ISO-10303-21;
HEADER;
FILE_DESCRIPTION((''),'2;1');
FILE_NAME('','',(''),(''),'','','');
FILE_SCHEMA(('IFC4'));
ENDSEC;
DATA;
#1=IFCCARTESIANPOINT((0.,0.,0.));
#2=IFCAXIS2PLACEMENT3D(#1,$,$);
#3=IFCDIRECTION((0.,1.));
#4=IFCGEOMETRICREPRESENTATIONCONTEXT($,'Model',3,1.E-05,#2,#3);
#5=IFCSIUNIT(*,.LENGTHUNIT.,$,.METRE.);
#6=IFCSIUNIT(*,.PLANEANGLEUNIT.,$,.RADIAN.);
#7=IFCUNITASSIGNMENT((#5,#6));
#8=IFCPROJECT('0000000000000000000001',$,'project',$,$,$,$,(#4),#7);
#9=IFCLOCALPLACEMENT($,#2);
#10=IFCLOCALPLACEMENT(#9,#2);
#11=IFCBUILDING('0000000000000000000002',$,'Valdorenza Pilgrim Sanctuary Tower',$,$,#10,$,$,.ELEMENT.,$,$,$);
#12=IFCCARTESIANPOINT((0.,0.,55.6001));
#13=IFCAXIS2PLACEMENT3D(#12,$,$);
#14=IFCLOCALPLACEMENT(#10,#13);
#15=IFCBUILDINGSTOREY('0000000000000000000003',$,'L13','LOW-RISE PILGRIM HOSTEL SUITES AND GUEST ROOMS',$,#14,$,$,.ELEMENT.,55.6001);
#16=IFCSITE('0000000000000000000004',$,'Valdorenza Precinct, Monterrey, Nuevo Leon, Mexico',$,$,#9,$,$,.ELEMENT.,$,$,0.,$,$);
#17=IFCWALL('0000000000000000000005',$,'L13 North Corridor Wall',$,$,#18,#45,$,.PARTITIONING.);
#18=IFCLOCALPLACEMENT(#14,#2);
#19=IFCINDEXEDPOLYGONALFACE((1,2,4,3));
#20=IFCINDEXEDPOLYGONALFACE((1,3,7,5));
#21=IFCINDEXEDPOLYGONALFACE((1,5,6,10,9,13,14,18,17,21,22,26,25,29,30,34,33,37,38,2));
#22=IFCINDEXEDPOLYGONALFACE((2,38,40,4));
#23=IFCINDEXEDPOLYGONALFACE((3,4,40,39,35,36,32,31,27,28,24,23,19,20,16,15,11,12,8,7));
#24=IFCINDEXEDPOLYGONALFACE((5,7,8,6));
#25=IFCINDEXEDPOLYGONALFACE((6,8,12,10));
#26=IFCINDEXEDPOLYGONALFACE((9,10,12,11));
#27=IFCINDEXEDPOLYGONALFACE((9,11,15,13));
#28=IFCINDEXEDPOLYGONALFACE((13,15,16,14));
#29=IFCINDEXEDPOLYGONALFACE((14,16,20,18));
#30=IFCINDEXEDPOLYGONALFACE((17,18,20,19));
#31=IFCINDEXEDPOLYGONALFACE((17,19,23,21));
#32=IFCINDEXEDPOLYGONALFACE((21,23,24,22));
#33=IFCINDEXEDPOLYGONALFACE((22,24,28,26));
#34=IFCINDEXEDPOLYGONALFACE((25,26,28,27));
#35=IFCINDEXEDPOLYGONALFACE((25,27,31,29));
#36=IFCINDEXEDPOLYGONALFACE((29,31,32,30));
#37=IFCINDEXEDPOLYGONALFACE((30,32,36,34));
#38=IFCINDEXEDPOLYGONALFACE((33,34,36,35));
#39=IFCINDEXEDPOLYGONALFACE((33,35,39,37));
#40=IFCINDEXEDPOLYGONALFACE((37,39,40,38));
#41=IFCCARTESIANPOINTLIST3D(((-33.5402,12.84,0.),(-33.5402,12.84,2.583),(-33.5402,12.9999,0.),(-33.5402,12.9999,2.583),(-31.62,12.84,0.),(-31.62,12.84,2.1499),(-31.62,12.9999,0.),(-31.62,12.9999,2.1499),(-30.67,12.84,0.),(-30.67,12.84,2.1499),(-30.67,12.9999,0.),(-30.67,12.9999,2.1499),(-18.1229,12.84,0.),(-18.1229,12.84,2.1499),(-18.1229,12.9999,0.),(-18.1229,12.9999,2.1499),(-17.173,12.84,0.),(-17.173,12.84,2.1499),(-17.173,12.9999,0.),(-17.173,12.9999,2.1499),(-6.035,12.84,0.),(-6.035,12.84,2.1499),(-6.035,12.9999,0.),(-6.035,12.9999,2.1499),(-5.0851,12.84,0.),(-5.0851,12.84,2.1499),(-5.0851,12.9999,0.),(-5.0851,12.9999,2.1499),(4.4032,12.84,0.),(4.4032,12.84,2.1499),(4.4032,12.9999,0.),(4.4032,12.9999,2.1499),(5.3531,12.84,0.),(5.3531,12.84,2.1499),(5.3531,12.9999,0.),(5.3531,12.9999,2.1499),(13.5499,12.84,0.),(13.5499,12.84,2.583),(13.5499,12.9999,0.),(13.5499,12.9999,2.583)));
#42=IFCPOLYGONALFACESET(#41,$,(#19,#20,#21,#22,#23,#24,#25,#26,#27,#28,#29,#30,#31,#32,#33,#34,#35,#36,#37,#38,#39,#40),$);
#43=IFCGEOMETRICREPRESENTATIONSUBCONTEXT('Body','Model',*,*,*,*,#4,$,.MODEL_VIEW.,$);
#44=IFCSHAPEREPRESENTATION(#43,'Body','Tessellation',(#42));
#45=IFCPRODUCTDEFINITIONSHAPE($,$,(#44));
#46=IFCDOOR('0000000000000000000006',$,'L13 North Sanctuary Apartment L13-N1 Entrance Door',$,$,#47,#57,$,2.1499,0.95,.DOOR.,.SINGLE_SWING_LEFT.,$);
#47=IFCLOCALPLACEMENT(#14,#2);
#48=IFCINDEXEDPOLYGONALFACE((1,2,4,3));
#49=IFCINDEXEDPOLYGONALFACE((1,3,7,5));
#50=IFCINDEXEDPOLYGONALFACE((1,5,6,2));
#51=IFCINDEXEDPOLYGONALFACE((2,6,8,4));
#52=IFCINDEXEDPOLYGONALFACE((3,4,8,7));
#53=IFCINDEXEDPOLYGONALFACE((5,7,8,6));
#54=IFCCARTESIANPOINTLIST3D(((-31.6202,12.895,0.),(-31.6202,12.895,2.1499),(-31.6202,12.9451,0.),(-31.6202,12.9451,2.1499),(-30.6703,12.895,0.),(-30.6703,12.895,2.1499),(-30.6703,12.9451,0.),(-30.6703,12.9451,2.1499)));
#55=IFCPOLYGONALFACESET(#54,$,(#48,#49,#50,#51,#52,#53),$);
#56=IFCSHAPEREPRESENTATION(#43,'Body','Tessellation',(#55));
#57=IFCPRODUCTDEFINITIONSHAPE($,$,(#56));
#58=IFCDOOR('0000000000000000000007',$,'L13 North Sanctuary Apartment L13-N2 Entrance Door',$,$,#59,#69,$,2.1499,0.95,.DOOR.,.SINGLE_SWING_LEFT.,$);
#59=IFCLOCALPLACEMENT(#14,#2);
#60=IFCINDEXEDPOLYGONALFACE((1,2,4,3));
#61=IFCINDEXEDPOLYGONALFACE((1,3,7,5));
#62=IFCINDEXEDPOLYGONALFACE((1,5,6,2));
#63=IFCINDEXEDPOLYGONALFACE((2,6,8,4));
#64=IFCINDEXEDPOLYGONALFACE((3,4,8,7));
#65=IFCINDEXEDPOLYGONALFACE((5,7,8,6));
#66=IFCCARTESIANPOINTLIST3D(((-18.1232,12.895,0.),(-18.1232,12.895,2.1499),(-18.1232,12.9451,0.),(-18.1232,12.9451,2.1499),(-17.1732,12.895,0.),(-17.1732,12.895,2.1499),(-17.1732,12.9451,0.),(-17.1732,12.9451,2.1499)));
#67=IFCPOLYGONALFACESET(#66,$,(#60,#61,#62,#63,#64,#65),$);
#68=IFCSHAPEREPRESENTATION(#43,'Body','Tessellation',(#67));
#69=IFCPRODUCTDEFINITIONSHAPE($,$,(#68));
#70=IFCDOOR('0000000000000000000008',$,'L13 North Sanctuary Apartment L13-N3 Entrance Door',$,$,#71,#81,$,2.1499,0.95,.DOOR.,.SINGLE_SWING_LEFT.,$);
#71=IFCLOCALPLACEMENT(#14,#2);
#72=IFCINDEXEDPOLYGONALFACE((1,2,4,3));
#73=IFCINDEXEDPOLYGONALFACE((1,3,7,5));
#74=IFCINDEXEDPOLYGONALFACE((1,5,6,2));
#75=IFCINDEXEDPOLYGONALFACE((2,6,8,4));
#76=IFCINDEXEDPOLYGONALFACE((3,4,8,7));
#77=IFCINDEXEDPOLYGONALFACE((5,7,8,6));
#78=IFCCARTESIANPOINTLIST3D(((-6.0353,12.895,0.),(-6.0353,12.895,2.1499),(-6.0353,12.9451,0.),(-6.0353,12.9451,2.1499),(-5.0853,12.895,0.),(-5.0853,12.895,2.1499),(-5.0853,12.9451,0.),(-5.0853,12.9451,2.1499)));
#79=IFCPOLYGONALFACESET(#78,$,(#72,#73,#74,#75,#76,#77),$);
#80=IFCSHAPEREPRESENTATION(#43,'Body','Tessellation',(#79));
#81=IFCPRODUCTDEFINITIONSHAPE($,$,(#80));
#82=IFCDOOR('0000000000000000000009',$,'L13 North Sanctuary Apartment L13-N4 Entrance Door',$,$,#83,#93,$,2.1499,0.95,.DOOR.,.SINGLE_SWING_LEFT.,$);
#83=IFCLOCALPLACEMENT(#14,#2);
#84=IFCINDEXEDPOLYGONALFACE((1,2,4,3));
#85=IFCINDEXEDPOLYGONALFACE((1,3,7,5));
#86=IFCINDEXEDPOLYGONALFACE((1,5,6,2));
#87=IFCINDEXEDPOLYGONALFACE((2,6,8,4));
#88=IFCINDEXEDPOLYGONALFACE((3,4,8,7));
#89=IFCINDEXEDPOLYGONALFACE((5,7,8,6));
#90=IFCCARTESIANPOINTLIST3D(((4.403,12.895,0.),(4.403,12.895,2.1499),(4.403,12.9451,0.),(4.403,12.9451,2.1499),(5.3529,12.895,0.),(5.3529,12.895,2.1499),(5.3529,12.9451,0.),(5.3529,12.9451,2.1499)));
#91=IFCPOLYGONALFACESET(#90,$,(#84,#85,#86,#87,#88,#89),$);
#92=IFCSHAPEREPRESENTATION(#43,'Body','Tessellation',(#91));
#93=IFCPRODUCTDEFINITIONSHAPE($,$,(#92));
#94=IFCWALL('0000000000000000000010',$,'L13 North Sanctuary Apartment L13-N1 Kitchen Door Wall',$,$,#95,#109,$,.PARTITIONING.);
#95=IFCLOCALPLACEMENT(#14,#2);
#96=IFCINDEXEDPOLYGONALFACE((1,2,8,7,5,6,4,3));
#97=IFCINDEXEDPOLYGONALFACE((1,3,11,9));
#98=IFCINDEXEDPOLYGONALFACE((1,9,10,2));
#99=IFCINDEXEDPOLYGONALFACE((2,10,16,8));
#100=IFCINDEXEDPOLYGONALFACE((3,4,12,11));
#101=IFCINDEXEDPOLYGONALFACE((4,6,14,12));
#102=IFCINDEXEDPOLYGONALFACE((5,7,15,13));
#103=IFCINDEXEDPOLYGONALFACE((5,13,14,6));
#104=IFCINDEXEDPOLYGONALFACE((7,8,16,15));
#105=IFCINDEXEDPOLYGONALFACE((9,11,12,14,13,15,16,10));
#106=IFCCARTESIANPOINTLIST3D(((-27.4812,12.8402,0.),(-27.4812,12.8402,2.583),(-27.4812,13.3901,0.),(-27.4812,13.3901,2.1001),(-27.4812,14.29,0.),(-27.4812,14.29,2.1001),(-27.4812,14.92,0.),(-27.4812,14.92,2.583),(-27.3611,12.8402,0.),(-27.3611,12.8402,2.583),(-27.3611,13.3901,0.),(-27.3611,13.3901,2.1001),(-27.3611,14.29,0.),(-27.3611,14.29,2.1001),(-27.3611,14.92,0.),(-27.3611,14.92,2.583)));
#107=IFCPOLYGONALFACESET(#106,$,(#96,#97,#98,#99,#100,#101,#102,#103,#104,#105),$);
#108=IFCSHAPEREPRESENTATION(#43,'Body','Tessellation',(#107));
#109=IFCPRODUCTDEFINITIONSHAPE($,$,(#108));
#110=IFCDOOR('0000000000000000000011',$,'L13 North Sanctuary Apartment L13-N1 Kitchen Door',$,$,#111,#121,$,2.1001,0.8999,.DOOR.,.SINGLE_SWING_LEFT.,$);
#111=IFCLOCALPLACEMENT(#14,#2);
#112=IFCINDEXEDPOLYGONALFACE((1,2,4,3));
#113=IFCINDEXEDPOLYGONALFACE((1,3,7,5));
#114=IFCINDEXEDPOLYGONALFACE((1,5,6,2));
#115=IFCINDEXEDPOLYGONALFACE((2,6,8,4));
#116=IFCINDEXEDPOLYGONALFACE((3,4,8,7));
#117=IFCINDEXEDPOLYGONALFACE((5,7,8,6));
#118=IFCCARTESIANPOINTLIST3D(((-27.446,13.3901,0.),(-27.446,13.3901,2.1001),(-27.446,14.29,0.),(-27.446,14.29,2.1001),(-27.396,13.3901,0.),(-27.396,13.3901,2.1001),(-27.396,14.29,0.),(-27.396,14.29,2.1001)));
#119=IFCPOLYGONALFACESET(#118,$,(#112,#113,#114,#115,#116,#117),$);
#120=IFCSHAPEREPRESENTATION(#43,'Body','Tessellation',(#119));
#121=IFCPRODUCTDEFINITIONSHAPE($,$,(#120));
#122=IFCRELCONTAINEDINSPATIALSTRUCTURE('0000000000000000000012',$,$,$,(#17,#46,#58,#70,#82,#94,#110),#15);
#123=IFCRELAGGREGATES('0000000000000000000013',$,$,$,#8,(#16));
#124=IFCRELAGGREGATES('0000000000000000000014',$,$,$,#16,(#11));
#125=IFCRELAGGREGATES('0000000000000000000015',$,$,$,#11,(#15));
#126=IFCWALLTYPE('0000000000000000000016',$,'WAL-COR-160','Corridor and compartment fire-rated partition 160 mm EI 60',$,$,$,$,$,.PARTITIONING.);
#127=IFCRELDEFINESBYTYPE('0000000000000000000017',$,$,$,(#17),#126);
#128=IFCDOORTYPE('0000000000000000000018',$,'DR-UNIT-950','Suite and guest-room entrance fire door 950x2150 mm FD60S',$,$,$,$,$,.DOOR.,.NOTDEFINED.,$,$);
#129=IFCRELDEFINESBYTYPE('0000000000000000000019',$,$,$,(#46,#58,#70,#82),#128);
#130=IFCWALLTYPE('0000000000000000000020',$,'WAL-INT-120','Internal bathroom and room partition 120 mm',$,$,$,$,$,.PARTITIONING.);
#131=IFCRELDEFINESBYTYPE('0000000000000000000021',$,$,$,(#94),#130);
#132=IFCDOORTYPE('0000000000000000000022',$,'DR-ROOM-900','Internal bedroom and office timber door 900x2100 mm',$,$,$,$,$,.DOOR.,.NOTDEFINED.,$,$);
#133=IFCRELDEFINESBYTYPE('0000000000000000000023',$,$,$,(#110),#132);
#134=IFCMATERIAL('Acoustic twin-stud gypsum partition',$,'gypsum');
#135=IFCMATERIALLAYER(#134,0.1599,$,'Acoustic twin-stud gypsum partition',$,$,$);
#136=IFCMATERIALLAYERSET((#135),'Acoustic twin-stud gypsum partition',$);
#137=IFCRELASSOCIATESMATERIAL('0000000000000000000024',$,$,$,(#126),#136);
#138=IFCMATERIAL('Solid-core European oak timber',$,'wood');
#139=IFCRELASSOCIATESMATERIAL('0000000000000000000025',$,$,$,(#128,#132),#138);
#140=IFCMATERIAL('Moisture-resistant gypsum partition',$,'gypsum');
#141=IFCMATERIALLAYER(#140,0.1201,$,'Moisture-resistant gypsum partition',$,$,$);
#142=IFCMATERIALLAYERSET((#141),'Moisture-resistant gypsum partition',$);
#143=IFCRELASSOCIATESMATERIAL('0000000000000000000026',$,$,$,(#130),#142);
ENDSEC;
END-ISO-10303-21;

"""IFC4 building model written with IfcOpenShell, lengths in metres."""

from ifc_helpers import new_model, si_unit, direction, frame, frame_2d, origin, place, context, subcontext, project, spatial, rectangle, extrude, material, layer, layer_set, type_object, element, fill, save


model = new_model("IFC4")

# Units and contexts
model_context = context("Model", 3, precision=1e-05, world=origin(), true_north=direction((0.0, 1.0)))
body_context = subcontext(model_context, "Body", "Model", "MODEL_VIEW")
ifc_project = project(units=[si_unit("LENGTHUNIT", "METRE"), si_unit("PLANEANGLEUNIT", "RADIAN")], contexts=[model_context])

# Site, building, storey
site_placement = place(None, origin())
site = spatial("IfcSite", under=ifc_project, at=site_placement, Name="Valdorenza Precinct, Monterrey, Nuevo Leon, Mexico", CompositionType="ELEMENT", RefElevation=0.0)
building_placement = place(site_placement, origin())
building = spatial("IfcBuilding", under=site, at=building_placement, Name="Valdorenza Pilgrim Sanctuary Tower", CompositionType="ELEMENT")
storey_placement = place(building_placement, frame((0.0, 0.0, 55.6001)))
storey = spatial("IfcBuildingStorey", under=building, at=storey_placement, Name="L13", Description="LOW-RISE PILGRIM HOSTEL SUITES AND GUEST ROOMS", CompositionType="ELEMENT", Elevation=55.6001)

# Wall, openings, doors
ifc_material_1 = material(Name="Acoustic twin-stud gypsum partition", Category="gypsum")
ifc_layer_1 = layer(ifc_material_1, 0.1599, Name="Acoustic twin-stud gypsum partition")
ifc_layer_set_1 = layer_set([ifc_layer_1], Name="Acoustic twin-stud gypsum partition")
wall_type_1 = type_object("IfcWallType", Name="WAL-COR-160", Description="Corridor and compartment fire-rated partition 160 mm EI 60", PredefinedType="PARTITIONING", material=ifc_layer_set_1)
wall_1_placement = place(storey_placement, frame((-33.54, 12.9199, 0.0), z_axis=(0.0, 0.0, 1.0), x_axis=(1.0, 0.0, 0.0)))
wall_1 = element("IfcWall", 1, at=wall_1_placement, inside=storey, type_object=wall_type_1, Name="L13 North Corridor Wall", PredefinedType="PARTITIONING", context=body_context, shape_type="SweptSolid", body=[
    extrude(rectangle(XDim=47.0901, YDim=0.1599, at=frame_2d((23.5449, 0.0))), origin(), (0.0, 0.0, 1.0), 2.583),
])
opening_1_placement = place(wall_1_placement, frame((1.9199, 0.0, 0.0)))
opening_1 = element("IfcOpeningElement", 2, at=opening_1_placement, cuts=wall_1, PredefinedType="OPENING", context=body_context, shape_type="SweptSolid", body=[
    extrude(rectangle(XDim=0.95, YDim=2.1499, at=frame_2d((0.4751, 1.075))), frame((0.0, 0.0947, 0.0), z_axis=(0.0, -1.0, 0.0), x_axis=(1.0, 0.0, 0.0)), (0.0, 0.0, 1.0), 0.1897),
])
opening_2_placement = place(wall_1_placement, frame((15.417, 0.0, 0.0)))
opening_2 = element("IfcOpeningElement", 3, at=opening_2_placement, cuts=wall_1, PredefinedType="OPENING", context=body_context, shape_type="SweptSolid", body=[
    extrude(rectangle(XDim=0.95, YDim=2.1499, at=frame_2d((0.4751, 1.075))), frame((0.0, 0.0947, 0.0), z_axis=(0.0, -1.0, 0.0), x_axis=(1.0, 0.0, 0.0)), (0.0, 0.0, 1.0), 0.1897),
])
opening_3_placement = place(wall_1_placement, frame((27.5049, 0.0, 0.0)))
opening_3 = element("IfcOpeningElement", 4, at=opening_3_placement, cuts=wall_1, PredefinedType="OPENING", context=body_context, shape_type="SweptSolid", body=[
    extrude(rectangle(XDim=0.95, YDim=2.1499, at=frame_2d((0.4751, 1.075))), frame((0.0, 0.0947, 0.0), z_axis=(0.0, -1.0, 0.0), x_axis=(1.0, 0.0, 0.0)), (0.0, 0.0, 1.0), 0.1897),
])
opening_4_placement = place(wall_1_placement, frame((37.9431, 0.0, 0.0)))
opening_4 = element("IfcOpeningElement", 5, at=opening_4_placement, cuts=wall_1, PredefinedType="OPENING", context=body_context, shape_type="SweptSolid", body=[
    extrude(rectangle(XDim=0.95, YDim=2.1499, at=frame_2d((0.4751, 1.075))), frame((0.0, 0.0947, 0.0), z_axis=(0.0, -1.0, 0.0), x_axis=(1.0, 0.0, 0.0)), (0.0, 0.0, 1.0), 0.1897),
])
ifc_material_2 = material(Name="Solid-core European oak timber", Category="wood")
door_type_1 = type_object("IfcDoorType", Name="DR-UNIT-950", Description="Suite and guest-room entrance fire door 950x2150 mm FD60S", OperationType="NOTDEFINED", PredefinedType="DOOR", material=ifc_material_2)
door_1_placement = place(opening_1_placement, frame((0.95, 0.0, 0.0), z_axis=(0.0, 0.0, 1.0), x_axis=(-1.0, 0.0, 0.0)))
door_1 = element("IfcDoor", 6, at=door_1_placement, inside=storey, type_object=door_type_1, Name="L13 North Sanctuary Apartment L13-N1 Entrance Door", OperationType="SINGLE_SWING_LEFT", OverallHeight=2.1499, OverallWidth=0.95, PredefinedType="DOOR", context=body_context, shape_type="SweptSolid", body=[
    extrude(rectangle(XDim=0.95, YDim=2.1499, at=frame_2d((0.4751, 1.075))), frame((0.0, 0.0249, 0.0), z_axis=(0.0, -1.0, 0.0), x_axis=(1.0, 0.0, 0.0)), (0.0, 0.0, 1.0), 0.05),
])
fill(opening_1, door_1)
door_2_placement = place(opening_2_placement, frame((0.95, 0.0, 0.0), z_axis=(0.0, 0.0, 1.0), x_axis=(-1.0, 0.0, 0.0)))
door_2 = element("IfcDoor", 7, at=door_2_placement, inside=storey, type_object=door_type_1, Name="L13 North Sanctuary Apartment L13-N2 Entrance Door", OperationType="SINGLE_SWING_LEFT", OverallHeight=2.1499, OverallWidth=0.95, PredefinedType="DOOR", context=body_context, shape_type="SweptSolid", body=[
    extrude(rectangle(XDim=0.95, YDim=2.1499, at=frame_2d((0.4751, 1.075))), frame((0.0, 0.0249, 0.0), z_axis=(0.0, -1.0, 0.0), x_axis=(1.0, 0.0, 0.0)), (0.0, 0.0, 1.0), 0.05),
])
fill(opening_2, door_2)
door_3_placement = place(opening_3_placement, frame((0.95, 0.0, 0.0), z_axis=(0.0, 0.0, 1.0), x_axis=(-1.0, 0.0, 0.0)))
door_3 = element("IfcDoor", 8, at=door_3_placement, inside=storey, type_object=door_type_1, Name="L13 North Sanctuary Apartment L13-N3 Entrance Door", OperationType="SINGLE_SWING_LEFT", OverallHeight=2.1499, OverallWidth=0.95, PredefinedType="DOOR", context=body_context, shape_type="SweptSolid", body=[
    extrude(rectangle(XDim=0.95, YDim=2.1499, at=frame_2d((0.4751, 1.075))), frame((0.0, 0.0249, 0.0), z_axis=(0.0, -1.0, 0.0), x_axis=(1.0, 0.0, 0.0)), (0.0, 0.0, 1.0), 0.05),
])
fill(opening_3, door_3)
door_4_placement = place(opening_4_placement, frame((0.95, 0.0, 0.0), z_axis=(0.0, 0.0, 1.0), x_axis=(-1.0, 0.0, 0.0)))
door_4 = element("IfcDoor", 9, at=door_4_placement, inside=storey, type_object=door_type_1, Name="L13 North Sanctuary Apartment L13-N4 Entrance Door", OperationType="SINGLE_SWING_LEFT", OverallHeight=2.1499, OverallWidth=0.95, PredefinedType="DOOR", context=body_context, shape_type="SweptSolid", body=[
    extrude(rectangle(XDim=0.95, YDim=2.1499, at=frame_2d((0.4751, 1.075))), frame((0.0, 0.0249, 0.0), z_axis=(0.0, -1.0, 0.0), x_axis=(1.0, 0.0, 0.0)), (0.0, 0.0, 1.0), 0.05),
])
fill(opening_4, door_4)

# Wall, opening, door
ifc_material_3 = material(Name="Moisture-resistant gypsum partition", Category="gypsum")
ifc_layer_2 = layer(ifc_material_3, 0.1201, Name="Moisture-resistant gypsum partition")
ifc_layer_set_2 = layer_set([ifc_layer_2], Name="Moisture-resistant gypsum partition")
wall_type_2 = type_object("IfcWallType", Name="WAL-INT-120", Description="Internal bathroom and room partition 120 mm", PredefinedType="PARTITIONING", material=ifc_layer_set_2)
wall_2_placement = place(storey_placement, frame((-27.4211, 12.8401, 0.0), z_axis=(0.0, 0.0, 1.0), x_axis=(0.0, 1.0, 0.0)))
wall_2 = element("IfcWall", 10, at=wall_2_placement, inside=storey, type_object=wall_type_2, Name="L13 North Sanctuary Apartment L13-N1 Kitchen Door Wall", PredefinedType="PARTITIONING", context=body_context, shape_type="SweptSolid", body=[
    extrude(rectangle(XDim=2.0798, YDim=0.1201, at=frame_2d((1.04, 0.0))), origin(), (0.0, 0.0, 1.0), 2.583),
])
opening_5_placement = place(wall_2_placement, frame((0.55, 0.0, 0.0)))
opening_5 = element("IfcOpeningElement", 11, at=opening_5_placement, cuts=wall_2, PredefinedType="OPENING", context=body_context, shape_type="SweptSolid", body=[
    extrude(rectangle(XDim=0.8999, YDim=2.1001, at=frame_2d((0.45, 1.05))), frame((0.0, 0.075, 0.0), z_axis=(0.0, -1.0, 0.0), x_axis=(1.0, 0.0, 0.0)), (0.0, 0.0, 1.0), 0.1499),
])
door_type_2 = type_object("IfcDoorType", Name="DR-ROOM-900", Description="Internal bedroom and office timber door 900x2100 mm", OperationType="NOTDEFINED", PredefinedType="DOOR", material=ifc_material_2)
door_5_placement = place(opening_5_placement, origin())
door_5 = element("IfcDoor", 12, at=door_5_placement, inside=storey, type_object=door_type_2, Name="L13 North Sanctuary Apartment L13-N1 Kitchen Door", OperationType="SINGLE_SWING_LEFT", OverallHeight=2.1001, OverallWidth=0.8999, PredefinedType="DOOR", context=body_context, shape_type="SweptSolid", body=[
    extrude(rectangle(XDim=0.8999, YDim=2.1001, at=frame_2d((0.45, 1.05))), frame((0.0, 0.0249, 0.0), z_axis=(0.0, -1.0, 0.0), x_axis=(1.0, 0.0, 0.0)), (0.0, 0.0, 1.0), 0.05),
])
fill(opening_5, door_5)

save(model, "model.ifc")
